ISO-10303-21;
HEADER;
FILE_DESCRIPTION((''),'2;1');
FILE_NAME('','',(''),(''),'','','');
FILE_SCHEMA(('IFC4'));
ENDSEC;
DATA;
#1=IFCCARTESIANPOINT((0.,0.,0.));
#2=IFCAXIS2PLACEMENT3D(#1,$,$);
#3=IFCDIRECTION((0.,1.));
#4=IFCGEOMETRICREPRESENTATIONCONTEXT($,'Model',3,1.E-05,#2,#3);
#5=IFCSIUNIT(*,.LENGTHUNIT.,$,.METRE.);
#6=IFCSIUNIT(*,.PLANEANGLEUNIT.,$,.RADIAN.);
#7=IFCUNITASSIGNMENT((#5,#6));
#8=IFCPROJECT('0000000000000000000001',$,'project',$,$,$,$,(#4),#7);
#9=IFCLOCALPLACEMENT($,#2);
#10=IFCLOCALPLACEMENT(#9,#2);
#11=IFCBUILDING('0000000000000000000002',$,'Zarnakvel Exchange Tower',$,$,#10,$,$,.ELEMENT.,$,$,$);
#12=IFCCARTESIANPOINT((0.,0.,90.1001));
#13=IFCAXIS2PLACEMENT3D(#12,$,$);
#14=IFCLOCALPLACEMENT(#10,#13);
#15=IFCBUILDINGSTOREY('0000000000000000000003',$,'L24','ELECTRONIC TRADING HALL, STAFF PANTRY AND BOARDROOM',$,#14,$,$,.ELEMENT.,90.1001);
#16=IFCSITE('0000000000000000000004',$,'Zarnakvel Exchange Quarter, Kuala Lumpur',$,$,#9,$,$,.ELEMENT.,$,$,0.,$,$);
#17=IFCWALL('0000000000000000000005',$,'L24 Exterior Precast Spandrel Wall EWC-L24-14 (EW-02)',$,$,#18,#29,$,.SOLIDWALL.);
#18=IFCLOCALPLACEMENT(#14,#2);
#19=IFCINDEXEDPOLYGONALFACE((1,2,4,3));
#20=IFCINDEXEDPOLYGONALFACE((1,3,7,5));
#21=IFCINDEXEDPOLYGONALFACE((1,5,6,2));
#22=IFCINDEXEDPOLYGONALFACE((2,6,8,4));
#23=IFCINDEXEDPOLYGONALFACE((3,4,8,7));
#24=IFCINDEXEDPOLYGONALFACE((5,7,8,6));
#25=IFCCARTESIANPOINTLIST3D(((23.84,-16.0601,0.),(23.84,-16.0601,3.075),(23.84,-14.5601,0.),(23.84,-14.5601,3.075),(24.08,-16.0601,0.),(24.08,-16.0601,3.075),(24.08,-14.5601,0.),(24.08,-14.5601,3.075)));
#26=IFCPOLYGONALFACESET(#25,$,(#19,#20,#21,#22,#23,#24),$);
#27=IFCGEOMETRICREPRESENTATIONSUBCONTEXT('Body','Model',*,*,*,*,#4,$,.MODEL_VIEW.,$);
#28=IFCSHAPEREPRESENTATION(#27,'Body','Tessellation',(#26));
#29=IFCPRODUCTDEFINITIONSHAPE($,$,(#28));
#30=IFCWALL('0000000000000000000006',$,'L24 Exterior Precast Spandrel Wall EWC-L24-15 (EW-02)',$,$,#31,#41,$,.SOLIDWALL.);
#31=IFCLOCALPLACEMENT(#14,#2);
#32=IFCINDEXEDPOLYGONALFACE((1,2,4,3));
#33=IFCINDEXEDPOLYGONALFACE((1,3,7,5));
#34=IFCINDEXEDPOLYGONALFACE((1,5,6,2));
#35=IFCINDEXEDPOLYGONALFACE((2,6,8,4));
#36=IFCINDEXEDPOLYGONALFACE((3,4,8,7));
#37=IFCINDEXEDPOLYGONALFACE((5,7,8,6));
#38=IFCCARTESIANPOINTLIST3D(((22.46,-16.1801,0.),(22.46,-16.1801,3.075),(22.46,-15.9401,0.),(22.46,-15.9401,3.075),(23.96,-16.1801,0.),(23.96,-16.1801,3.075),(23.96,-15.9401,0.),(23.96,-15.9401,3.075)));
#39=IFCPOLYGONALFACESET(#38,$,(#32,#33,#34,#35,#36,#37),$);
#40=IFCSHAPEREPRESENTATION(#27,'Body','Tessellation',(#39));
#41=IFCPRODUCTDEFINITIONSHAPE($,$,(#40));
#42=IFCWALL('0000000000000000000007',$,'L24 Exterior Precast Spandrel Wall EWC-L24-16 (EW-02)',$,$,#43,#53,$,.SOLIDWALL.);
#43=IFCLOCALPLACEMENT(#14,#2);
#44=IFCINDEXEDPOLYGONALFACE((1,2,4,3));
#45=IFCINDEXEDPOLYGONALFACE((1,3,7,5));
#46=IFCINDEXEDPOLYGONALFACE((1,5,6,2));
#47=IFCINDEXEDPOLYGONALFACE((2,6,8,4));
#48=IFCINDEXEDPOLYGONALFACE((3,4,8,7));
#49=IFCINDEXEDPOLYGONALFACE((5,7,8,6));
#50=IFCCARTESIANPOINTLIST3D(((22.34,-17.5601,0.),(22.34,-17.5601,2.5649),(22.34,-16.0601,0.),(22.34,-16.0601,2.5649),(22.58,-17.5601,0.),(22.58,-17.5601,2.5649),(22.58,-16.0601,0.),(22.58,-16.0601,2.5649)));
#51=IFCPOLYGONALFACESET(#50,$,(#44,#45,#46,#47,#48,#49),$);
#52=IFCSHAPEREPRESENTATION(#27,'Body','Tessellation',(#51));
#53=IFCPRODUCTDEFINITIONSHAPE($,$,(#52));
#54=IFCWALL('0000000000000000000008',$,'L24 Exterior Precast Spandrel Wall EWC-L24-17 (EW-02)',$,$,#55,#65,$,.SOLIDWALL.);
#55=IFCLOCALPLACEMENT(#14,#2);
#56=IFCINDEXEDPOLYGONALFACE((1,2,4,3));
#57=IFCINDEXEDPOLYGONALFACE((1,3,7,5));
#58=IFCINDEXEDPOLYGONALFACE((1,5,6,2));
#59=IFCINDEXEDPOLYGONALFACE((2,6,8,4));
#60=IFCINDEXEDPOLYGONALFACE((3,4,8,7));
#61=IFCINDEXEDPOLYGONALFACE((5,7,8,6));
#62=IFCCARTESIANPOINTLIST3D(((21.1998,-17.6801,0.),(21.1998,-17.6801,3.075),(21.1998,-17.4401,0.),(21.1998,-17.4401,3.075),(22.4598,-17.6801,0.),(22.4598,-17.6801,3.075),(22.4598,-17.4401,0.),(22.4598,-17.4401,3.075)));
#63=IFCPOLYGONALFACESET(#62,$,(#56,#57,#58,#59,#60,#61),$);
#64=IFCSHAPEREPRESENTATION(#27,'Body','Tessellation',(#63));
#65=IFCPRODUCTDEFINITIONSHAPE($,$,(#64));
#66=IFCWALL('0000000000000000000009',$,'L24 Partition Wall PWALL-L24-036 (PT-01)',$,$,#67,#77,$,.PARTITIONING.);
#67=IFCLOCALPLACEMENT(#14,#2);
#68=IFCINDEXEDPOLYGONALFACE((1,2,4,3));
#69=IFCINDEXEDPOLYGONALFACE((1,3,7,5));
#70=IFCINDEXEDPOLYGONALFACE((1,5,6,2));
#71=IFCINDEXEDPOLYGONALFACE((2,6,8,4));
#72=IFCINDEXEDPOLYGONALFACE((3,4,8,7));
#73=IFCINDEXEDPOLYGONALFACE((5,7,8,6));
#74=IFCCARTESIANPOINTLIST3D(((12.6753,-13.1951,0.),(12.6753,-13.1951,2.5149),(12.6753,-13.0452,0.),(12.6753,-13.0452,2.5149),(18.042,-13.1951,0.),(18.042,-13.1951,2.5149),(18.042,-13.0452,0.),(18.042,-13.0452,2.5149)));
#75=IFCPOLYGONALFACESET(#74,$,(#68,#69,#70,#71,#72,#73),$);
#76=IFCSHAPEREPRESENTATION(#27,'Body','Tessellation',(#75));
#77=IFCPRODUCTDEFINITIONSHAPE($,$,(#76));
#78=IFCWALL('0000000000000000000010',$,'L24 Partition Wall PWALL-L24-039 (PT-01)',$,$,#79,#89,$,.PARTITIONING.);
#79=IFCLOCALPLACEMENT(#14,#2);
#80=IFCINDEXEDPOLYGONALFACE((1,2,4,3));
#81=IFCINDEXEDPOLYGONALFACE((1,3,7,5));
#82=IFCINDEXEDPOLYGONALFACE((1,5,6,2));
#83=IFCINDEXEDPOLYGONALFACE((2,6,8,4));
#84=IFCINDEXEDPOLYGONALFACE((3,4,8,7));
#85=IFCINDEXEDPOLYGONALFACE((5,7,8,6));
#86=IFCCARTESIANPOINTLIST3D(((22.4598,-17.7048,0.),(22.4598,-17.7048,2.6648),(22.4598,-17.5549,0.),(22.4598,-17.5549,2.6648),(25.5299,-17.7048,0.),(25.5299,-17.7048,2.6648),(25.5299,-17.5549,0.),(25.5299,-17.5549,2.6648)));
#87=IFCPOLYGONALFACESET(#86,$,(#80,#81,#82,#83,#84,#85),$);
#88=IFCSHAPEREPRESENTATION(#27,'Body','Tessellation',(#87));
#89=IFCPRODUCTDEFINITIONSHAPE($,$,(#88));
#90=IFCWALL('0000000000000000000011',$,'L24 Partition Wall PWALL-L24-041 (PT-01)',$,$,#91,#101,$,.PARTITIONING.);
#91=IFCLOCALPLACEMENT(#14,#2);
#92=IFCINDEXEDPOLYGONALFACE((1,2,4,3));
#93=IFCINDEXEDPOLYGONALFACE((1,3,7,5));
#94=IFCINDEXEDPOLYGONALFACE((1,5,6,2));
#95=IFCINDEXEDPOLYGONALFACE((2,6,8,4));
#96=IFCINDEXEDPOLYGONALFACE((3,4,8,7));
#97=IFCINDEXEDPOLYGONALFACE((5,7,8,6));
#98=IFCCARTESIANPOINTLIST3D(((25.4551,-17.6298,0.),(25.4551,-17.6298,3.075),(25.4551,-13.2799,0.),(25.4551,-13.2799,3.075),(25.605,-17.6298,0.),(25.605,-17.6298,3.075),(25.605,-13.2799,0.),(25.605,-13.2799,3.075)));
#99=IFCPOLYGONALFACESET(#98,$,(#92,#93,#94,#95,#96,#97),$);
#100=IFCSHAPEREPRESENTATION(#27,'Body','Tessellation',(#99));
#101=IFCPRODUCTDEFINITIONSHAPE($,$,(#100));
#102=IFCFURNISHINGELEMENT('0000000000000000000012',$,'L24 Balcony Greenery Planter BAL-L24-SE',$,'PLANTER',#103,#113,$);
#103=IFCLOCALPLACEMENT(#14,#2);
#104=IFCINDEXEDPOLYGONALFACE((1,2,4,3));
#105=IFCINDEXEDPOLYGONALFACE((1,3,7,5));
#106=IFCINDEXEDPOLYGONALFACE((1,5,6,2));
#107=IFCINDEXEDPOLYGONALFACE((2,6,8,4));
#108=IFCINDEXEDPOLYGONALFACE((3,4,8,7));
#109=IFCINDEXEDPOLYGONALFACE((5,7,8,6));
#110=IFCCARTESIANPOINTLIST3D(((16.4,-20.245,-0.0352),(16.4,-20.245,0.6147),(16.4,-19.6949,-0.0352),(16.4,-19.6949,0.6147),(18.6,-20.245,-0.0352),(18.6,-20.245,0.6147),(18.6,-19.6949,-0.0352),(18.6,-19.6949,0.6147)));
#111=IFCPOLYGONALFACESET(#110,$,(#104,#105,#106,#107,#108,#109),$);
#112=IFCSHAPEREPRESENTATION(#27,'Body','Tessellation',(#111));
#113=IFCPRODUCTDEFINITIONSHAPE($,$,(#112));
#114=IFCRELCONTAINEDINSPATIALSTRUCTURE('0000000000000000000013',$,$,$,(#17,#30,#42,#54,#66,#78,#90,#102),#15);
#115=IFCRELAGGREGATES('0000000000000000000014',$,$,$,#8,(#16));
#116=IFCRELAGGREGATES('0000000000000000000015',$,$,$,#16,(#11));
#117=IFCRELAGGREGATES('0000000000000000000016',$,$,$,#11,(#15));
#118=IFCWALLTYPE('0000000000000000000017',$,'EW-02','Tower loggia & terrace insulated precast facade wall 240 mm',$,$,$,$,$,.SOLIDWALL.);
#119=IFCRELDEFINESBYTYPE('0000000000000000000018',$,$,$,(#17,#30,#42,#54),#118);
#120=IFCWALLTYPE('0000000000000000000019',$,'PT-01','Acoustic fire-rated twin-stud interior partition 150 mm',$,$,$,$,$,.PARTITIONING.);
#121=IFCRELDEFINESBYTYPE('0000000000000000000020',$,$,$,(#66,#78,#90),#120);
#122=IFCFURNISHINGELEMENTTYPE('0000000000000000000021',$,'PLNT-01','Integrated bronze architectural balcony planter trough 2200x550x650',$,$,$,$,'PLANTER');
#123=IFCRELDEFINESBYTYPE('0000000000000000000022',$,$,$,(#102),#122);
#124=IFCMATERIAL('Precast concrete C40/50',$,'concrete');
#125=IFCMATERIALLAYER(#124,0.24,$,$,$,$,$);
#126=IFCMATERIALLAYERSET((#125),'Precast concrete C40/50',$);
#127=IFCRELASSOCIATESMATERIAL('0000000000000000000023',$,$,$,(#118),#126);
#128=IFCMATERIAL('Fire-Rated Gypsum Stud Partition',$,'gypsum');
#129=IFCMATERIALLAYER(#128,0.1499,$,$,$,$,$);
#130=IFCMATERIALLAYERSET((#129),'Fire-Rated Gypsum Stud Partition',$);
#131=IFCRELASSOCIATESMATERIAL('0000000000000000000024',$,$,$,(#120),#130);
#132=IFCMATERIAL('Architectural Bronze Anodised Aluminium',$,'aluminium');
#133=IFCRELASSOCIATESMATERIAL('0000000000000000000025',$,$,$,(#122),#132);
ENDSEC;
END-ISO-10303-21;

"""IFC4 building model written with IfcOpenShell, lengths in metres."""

from ifc_helpers import new_model, si_unit, direction, frame, frame_2d, origin, origin_2d, place, context, subcontext, project, spatial, rectangle, extrude, source, transform, mapped, material, layer, layer_set, type_object, element, save


model = new_model("IFC4")

# Units and contexts
model_context = context("Model", 3, precision=1e-05, world=origin(), true_north=direction((0.0, 1.0)))
body_context = subcontext(model_context, "Body", "Model", "MODEL_VIEW")
ifc_project = project(units=[si_unit("LENGTHUNIT", "METRE"), si_unit("PLANEANGLEUNIT", "RADIAN")], contexts=[model_context])

# Site, building, storey
site_placement = place(None, origin())
site = spatial("IfcSite", under=ifc_project, at=site_placement, Name="Zarnakvel Exchange Quarter, Kuala Lumpur", CompositionType="ELEMENT", RefElevation=0.0)
building_placement = place(site_placement, origin())
building = spatial("IfcBuilding", under=site, at=building_placement, Name="Zarnakvel Exchange Tower", CompositionType="ELEMENT")
storey_placement = place(building_placement, frame((0.0, 0.0, 90.1001)))
storey = spatial("IfcBuildingStorey", under=building, at=storey_placement, Name="L24", Description="ELECTRONIC TRADING HALL, STAFF PANTRY AND BOARDROOM", CompositionType="ELEMENT", Elevation=90.1001)

# Shared definitions
ifc_material_1 = material(Name="Architectural Bronze Anodised Aluminium", Category="aluminium")

# Shared definitions
ifc_material_2 = material(Name="Precast concrete C40/50", Category="concrete")
ifc_layer_1 = layer(ifc_material_2, 0.24)
ifc_layer_set_1 = layer_set([ifc_layer_1], Name="Precast concrete C40/50")
wall_type_1 = type_object("IfcWallType", Name="EW-02", Description="Tower loggia & terrace insulated precast facade wall 240 mm", PredefinedType="SOLIDWALL", material=ifc_layer_set_1)

# Walls
for number, where, z_axis, x_axis, name in (
    (1, (23.96, -16.0601, 0.0), (0.0, 0.0, 1.0), (0.0, 1.0, 0.0), "L24 Exterior Precast Spandrel Wall EWC-L24-14 (EW-02)"),
    (2, (22.46, -16.0601, 0.0), (0.0, 0.0, 1.0), (1.0, 0.0, 0.0), "L24 Exterior Precast Spandrel Wall EWC-L24-15 (EW-02)"),
):
    element("IfcWall", number, at=place(storey_placement, frame(where, z_axis=z_axis, x_axis=x_axis)), inside=storey, type_object=wall_type_1, Name=name, PredefinedType="SOLIDWALL", context=body_context, shape_type="SweptSolid", body=[
        extrude(rectangle(XDim=1.5, YDim=0.24, at=frame_2d((0.75, 0.0))), origin(), (0.0, 0.0, 1.0), 3.075),
    ])
wall_1_placement = place(storey_placement, frame((22.46, -17.5601, 0.0), z_axis=(0.0, 0.0, 1.0), x_axis=(0.0, 1.0, 0.0)))
element("IfcWall", 3, at=wall_1_placement, inside=storey, type_object=wall_type_1, Name="L24 Exterior Precast Spandrel Wall EWC-L24-16 (EW-02)", PredefinedType="SOLIDWALL", context=body_context, shape_type="SweptSolid", body=[
    extrude(rectangle(XDim=1.5, YDim=0.24, at=frame_2d((0.75, 0.0))), origin(), (0.0, 0.0, 1.0), 2.5649),
])
wall_2_placement = place(storey_placement, frame((21.2, -17.5601, 0.0), z_axis=(0.0, 0.0, 1.0), x_axis=(1.0, 0.0, 0.0)))
element("IfcWall", 4, at=wall_2_placement, inside=storey, type_object=wall_type_1, Name="L24 Exterior Precast Spandrel Wall EWC-L24-17 (EW-02)", PredefinedType="SOLIDWALL", context=body_context, shape_type="SweptSolid", body=[
    extrude(rectangle(XDim=1.26, YDim=0.24, at=frame_2d((0.6299, 0.0))), origin(), (0.0, 0.0, 1.0), 3.075),
])
ifc_material_3 = material(Name="Fire-Rated Gypsum Stud Partition", Category="gypsum")
ifc_layer_2 = layer(ifc_material_3, 0.1499)
ifc_layer_set_2 = layer_set([ifc_layer_2], Name="Fire-Rated Gypsum Stud Partition")
wall_type_2 = type_object("IfcWallType", Name="PT-01", Description="Acoustic fire-rated twin-stud interior partition 150 mm", PredefinedType="PARTITIONING", material=ifc_layer_set_2)
wall_3_placement = place(storey_placement, frame((18.042, -13.1201, 0.0), z_axis=(0.0, 0.0, 1.0), x_axis=(-1.0, 0.0, 0.0)))
element("IfcWall", 5, at=wall_3_placement, inside=storey, type_object=wall_type_2, Name="L24 Partition Wall PWALL-L24-036 (PT-01)", PredefinedType="PARTITIONING", context=body_context, shape_type="SweptSolid", body=[
    extrude(rectangle(XDim=5.3667, YDim=0.1499, at=frame_2d((2.6833, 0.0))), origin(), (0.0, 0.0, 1.0), 2.5149),
])
wall_4_placement = place(storey_placement, frame((25.53, -17.6299, 0.0), z_axis=(0.0, 0.0, 1.0), x_axis=(-1.0, 0.0, 0.0)))
element("IfcWall", 6, at=wall_4_placement, inside=storey, type_object=wall_type_2, Name="L24 Partition Wall PWALL-L24-039 (PT-01)", PredefinedType="PARTITIONING", context=body_context, shape_type="SweptSolid", body=[
    extrude(rectangle(XDim=3.0701, YDim=0.1499, at=frame_2d((1.5352, 0.0))), origin(), (0.0, 0.0, 1.0), 2.6648),
])
wall_5_placement = place(storey_placement, frame((25.53, -13.28, 0.0), z_axis=(0.0, 0.0, 1.0), x_axis=(0.0, -1.0, 0.0)))
element("IfcWall", 7, at=wall_5_placement, inside=storey, type_object=wall_type_2, Name="L24 Partition Wall PWALL-L24-041 (PT-01)", PredefinedType="PARTITIONING", context=body_context, shape_type="SweptSolid", body=[
    extrude(rectangle(XDim=4.3499, YDim=0.1499, at=frame_2d((2.1748, 0.0))), origin(), (0.0, 0.0, 1.0), 3.075),
])

# Furnishing element
furnishing_element_type = type_object("IfcFurnishingElementType", Name="PLNT-01", Description="Integrated bronze architectural balcony planter trough 2200x550x650", ElementType="PLANTER", material=ifc_material_1)
shared_shape_1 = source(origin(), body_context, "Body", "SweptSolid", [
    extrude(rectangle(XDim=2.2, YDim=0.55, at=origin_2d()), origin(), (0.0, 0.0, 1.0), 0.6499),
])
furnishing_placement = place(storey_placement, frame((17.5, -19.97, -0.0352), z_axis=(0.0, 0.0, 1.0), x_axis=(1.0, 0.0, 0.0)))
element("IfcFurnishingElement", 8, at=furnishing_placement, inside=storey, type_object=furnishing_element_type, Name="L24 Balcony Greenery Planter BAL-L24-SE", ObjectType="PLANTER", context=body_context, shape_type="MappedRepresentation", body=[
    mapped(shared_shape_1, transform((0.0, 0.0, 0.0), x_axis=(1.0, 0.0, 0.0), y_axis=(0.0, 1.0, 0.0), z_axis=(0.0, 0.0, 1.0), scale=1.0)),
])

save(model, "model.ifc")
